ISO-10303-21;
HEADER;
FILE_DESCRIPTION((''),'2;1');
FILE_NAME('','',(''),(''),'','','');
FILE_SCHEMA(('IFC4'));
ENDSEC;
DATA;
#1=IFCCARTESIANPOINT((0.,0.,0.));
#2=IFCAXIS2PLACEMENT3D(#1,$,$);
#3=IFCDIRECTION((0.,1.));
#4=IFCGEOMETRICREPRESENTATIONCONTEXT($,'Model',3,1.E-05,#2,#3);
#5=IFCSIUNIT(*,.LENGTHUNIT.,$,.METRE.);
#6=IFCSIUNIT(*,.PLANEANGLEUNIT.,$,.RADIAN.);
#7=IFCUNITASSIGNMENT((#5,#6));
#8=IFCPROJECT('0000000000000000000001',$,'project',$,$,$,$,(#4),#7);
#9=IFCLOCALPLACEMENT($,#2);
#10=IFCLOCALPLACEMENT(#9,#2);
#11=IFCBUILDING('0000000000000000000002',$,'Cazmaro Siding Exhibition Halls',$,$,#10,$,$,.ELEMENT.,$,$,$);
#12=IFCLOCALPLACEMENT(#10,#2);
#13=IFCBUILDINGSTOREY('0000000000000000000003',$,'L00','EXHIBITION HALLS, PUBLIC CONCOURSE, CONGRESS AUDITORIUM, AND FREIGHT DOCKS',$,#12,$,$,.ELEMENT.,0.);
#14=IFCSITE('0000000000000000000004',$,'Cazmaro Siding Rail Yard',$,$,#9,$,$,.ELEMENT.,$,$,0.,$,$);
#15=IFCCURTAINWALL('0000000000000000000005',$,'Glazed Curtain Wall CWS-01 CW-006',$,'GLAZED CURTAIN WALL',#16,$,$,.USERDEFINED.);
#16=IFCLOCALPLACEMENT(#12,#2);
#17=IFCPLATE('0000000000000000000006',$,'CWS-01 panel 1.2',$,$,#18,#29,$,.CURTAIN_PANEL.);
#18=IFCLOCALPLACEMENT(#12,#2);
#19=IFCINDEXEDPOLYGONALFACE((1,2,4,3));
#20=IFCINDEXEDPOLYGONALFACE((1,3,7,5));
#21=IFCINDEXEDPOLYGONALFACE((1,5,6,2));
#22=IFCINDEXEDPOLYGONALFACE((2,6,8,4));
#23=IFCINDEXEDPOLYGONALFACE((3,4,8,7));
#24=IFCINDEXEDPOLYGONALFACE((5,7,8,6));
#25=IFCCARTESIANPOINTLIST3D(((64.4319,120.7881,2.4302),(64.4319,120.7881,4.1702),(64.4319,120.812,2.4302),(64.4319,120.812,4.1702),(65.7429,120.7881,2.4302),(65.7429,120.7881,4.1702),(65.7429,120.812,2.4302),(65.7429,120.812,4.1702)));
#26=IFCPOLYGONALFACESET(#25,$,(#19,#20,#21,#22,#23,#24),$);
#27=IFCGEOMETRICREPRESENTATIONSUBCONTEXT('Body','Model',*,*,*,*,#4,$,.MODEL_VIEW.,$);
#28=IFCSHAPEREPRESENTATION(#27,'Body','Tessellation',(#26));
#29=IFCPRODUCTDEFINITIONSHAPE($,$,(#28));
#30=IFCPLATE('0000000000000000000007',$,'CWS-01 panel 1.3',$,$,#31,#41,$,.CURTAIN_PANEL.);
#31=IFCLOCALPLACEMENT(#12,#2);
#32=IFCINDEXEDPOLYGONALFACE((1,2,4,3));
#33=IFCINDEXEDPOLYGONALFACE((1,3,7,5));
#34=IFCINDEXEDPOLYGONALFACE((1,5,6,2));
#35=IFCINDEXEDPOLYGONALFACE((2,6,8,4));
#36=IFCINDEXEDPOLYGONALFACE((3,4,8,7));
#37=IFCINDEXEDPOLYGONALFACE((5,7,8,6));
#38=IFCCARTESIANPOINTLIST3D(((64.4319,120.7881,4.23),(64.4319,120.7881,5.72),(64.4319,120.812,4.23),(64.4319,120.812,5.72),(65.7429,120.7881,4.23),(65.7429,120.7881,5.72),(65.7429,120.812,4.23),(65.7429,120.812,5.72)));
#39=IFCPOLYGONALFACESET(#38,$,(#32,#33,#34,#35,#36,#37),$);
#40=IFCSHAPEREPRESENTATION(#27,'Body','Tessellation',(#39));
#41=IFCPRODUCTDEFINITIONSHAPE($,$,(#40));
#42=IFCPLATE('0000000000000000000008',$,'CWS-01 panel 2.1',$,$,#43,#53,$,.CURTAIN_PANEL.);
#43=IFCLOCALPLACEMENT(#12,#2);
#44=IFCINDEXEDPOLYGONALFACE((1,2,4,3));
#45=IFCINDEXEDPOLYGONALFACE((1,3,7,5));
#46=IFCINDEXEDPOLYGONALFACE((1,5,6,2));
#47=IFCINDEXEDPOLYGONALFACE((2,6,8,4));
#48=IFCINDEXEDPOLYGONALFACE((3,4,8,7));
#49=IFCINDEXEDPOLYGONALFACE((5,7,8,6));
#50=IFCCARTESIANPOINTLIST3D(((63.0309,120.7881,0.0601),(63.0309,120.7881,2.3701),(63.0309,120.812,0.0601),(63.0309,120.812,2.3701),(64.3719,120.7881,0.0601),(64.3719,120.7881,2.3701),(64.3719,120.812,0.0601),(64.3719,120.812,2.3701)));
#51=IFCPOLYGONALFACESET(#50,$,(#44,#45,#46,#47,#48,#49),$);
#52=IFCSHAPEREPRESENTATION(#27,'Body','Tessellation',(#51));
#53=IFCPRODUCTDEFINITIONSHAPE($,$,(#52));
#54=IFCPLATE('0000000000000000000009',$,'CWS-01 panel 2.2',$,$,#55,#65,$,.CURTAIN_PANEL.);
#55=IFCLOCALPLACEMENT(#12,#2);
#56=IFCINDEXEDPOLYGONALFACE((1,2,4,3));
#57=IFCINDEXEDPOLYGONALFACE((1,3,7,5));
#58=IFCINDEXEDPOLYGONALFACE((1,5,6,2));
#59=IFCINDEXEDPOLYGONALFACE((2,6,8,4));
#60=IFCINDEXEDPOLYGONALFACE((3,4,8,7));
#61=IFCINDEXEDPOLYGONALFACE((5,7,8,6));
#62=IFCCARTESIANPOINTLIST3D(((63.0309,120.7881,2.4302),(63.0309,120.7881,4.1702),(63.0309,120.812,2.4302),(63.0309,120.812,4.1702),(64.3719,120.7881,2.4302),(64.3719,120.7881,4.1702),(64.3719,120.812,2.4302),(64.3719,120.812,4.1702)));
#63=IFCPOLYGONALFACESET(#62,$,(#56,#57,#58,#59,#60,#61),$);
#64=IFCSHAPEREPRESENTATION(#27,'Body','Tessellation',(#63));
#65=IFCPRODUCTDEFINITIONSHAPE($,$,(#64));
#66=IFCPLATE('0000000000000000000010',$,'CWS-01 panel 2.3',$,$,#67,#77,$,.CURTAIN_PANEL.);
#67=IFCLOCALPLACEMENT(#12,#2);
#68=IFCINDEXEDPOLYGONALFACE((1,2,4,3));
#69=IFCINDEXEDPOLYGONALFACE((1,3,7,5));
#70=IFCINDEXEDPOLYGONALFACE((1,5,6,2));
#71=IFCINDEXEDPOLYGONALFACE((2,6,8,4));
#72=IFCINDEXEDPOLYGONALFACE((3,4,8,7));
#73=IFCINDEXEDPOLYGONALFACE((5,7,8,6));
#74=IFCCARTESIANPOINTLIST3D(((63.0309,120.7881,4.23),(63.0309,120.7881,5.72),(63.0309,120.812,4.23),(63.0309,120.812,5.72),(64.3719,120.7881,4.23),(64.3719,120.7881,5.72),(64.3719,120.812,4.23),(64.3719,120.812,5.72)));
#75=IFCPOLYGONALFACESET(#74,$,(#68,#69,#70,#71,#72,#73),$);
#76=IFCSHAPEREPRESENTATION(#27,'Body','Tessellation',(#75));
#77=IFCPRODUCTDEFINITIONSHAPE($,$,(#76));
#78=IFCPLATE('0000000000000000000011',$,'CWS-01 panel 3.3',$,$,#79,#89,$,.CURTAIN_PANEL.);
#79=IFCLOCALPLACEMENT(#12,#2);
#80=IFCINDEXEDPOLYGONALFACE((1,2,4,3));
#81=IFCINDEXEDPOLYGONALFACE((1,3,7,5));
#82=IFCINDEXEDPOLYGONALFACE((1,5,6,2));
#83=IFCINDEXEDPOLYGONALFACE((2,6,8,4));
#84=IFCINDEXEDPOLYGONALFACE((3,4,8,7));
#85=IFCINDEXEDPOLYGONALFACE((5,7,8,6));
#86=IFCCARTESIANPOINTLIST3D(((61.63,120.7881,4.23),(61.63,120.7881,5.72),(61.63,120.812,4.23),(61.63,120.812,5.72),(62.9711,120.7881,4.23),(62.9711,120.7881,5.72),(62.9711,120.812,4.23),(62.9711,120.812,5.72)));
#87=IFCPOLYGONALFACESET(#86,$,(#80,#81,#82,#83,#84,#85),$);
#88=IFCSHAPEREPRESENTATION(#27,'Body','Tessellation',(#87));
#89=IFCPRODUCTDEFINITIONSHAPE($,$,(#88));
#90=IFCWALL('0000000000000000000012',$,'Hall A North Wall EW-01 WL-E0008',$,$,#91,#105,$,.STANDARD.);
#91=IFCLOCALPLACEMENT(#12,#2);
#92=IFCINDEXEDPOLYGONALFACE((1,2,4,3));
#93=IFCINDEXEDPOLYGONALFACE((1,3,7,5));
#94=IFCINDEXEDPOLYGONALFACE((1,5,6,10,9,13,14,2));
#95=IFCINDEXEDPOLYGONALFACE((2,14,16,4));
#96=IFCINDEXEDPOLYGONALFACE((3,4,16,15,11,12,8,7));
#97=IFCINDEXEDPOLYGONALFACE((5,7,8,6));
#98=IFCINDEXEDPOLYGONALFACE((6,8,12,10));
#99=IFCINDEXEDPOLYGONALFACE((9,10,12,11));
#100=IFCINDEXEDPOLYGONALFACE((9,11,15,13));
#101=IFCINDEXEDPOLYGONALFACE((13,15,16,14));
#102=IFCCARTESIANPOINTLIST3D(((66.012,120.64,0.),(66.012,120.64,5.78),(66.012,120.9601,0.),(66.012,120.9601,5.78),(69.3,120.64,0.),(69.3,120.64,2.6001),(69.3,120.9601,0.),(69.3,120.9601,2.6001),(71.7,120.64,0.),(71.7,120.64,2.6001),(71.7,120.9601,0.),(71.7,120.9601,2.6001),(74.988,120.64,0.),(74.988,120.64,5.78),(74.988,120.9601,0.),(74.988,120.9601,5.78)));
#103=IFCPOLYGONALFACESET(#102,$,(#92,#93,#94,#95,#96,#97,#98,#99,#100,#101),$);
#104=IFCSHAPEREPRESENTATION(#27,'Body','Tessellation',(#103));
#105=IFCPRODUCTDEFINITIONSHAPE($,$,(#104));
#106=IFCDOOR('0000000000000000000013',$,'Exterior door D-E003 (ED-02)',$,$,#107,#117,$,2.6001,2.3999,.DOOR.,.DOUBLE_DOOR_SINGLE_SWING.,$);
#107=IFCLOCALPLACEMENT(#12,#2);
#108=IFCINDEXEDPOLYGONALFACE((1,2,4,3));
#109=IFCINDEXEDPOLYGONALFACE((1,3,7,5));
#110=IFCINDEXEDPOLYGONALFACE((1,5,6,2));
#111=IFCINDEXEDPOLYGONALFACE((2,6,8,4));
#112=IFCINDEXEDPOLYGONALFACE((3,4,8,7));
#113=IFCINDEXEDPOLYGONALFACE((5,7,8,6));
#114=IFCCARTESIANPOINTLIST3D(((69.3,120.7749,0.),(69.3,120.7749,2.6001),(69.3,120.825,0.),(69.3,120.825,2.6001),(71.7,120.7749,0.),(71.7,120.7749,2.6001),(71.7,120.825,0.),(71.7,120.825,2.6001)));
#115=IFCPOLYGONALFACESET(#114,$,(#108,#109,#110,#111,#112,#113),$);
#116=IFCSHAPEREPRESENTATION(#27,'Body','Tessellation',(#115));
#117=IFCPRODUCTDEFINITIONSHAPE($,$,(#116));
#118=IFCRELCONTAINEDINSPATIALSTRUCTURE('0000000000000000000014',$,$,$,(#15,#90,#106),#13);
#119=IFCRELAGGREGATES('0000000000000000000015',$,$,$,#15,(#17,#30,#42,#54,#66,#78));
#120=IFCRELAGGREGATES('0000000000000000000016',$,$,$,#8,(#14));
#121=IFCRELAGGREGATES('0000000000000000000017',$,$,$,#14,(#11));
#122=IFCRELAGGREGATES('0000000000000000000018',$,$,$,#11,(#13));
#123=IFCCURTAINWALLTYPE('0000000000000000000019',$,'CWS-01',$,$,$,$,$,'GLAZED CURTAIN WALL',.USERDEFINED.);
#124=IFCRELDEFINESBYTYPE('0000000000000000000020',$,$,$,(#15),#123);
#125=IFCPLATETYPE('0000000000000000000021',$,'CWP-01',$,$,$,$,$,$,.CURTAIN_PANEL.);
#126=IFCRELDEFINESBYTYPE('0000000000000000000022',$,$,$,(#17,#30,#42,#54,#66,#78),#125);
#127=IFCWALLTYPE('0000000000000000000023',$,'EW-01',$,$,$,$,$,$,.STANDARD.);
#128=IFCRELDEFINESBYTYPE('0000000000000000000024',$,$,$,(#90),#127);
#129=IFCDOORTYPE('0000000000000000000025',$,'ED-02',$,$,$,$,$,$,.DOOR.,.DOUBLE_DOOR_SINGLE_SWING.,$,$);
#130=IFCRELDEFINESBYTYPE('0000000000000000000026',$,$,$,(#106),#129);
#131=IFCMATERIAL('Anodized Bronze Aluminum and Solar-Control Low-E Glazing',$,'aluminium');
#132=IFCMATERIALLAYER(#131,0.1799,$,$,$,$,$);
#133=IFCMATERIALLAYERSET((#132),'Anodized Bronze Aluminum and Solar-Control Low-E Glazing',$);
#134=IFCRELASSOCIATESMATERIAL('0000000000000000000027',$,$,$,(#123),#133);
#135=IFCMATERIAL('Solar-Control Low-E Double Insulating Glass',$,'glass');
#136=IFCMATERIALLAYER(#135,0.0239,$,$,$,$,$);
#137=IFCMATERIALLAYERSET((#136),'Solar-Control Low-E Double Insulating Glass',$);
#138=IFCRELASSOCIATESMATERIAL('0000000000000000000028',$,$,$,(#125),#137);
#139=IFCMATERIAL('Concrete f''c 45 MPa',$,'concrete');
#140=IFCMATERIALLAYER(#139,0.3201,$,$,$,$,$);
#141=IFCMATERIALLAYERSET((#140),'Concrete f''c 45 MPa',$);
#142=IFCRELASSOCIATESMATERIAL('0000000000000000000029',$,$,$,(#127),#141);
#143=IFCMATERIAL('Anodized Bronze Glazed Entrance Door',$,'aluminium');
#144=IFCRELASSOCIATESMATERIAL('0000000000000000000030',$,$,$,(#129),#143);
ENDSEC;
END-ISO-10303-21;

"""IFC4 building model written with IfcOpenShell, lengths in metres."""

from ifc_helpers import new_model, si_unit, direction, frame, frame_2d, origin, origin_2d, place, context, subcontext, project, spatial, rectangle, extrude, material, layer, layer_set, type_object, element, fill, aggregate, save


model = new_model("IFC4")

# Units and contexts
model_context = context("Model", 3, precision=1e-05, world=origin(), true_north=direction((0.0, 1.0)))
body_context = subcontext(model_context, "Body", "Model", "MODEL_VIEW")
ifc_project = project(units=[si_unit("LENGTHUNIT", "METRE"), si_unit("PLANEANGLEUNIT", "RADIAN")], contexts=[model_context])

# Site, building, storey
site_placement = place(None, origin())
site = spatial("IfcSite", under=ifc_project, at=site_placement, Name="Cazmaro Siding Rail Yard", CompositionType="ELEMENT", RefElevation=0.0)
building_placement = place(site_placement, origin())
building = spatial("IfcBuilding", under=site, at=building_placement, Name="Cazmaro Siding Exhibition Halls", CompositionType="ELEMENT")
storey_placement = place(building_placement, origin())
storey = spatial("IfcBuildingStorey", under=building, at=storey_placement, Name="L00", Description="EXHIBITION HALLS, PUBLIC CONCOURSE, CONGRESS AUDITORIUM, AND FREIGHT DOCKS", CompositionType="ELEMENT", Elevation=0.0)

# Curtain wall, plates
ifc_material_1 = material(Name="Anodized Bronze Aluminum and Solar-Control Low-E Glazing", Category="aluminium")
ifc_layer_1 = layer(ifc_material_1, 0.1799)
ifc_layer_set_1 = layer_set([ifc_layer_1], Name="Anodized Bronze Aluminum and Solar-Control Low-E Glazing")
curtain_wall_type = type_object("IfcCurtainWallType", Name="CWS-01", ElementType="GLAZED CURTAIN WALL", PredefinedType="USERDEFINED", material=ifc_layer_set_1)
curtain_wall_placement = place(storey_placement, origin())
curtain_wall = element("IfcCurtainWall", 1, at=curtain_wall_placement, inside=storey, type_object=curtain_wall_type, Name="Glazed Curtain Wall CWS-01 CW-006", ObjectType="GLAZED CURTAIN WALL", PredefinedType="USERDEFINED")
ifc_material_2 = material(Name="Solar-Control Low-E Double Insulating Glass", Category="glass")
ifc_layer_2 = layer(ifc_material_2, 0.0239)
ifc_layer_set_2 = layer_set([ifc_layer_2], Name="Solar-Control Low-E Double Insulating Glass")
plate_type = type_object("IfcPlateType", Name="CWP-01", PredefinedType="CURTAIN_PANEL", material=ifc_layer_set_2)
plate_1_placement = place(storey_placement, frame((65.0874, 120.8, 2.4302), z_axis=(0.0, 0.0, 1.0), x_axis=(-1.0, 0.0, 0.0)))
plate_1 = element("IfcPlate", 2, at=plate_1_placement, type_object=plate_type, Name="CWS-01 panel 1.2", PredefinedType="CURTAIN_PANEL", context=body_context, shape_type="SweptSolid", body=[
    extrude(rectangle(XDim=1.311, YDim=0.0239, at=origin_2d()), origin(), (0.0, 0.0, 1.0), 1.74),
])
plate_2_placement = place(storey_placement, frame((65.0874, 120.8, 4.23), z_axis=(0.0, 0.0, 1.0), x_axis=(-1.0, 0.0, 0.0)))
plate_2 = element("IfcPlate", 3, at=plate_2_placement, type_object=plate_type, Name="CWS-01 panel 1.3", PredefinedType="CURTAIN_PANEL", context=body_context, shape_type="SweptSolid", body=[
    extrude(rectangle(XDim=1.311, YDim=0.0239, at=origin_2d()), origin(), (0.0, 0.0, 1.0), 1.49),
])
plate_3_placement = place(storey_placement, frame((63.7014, 120.8, 0.0601), z_axis=(0.0, 0.0, 1.0), x_axis=(-1.0, 0.0, 0.0)))
plate_3 = element("IfcPlate", 4, at=plate_3_placement, type_object=plate_type, Name="CWS-01 panel 2.1", PredefinedType="CURTAIN_PANEL", context=body_context, shape_type="SweptSolid", body=[
    extrude(rectangle(XDim=1.3411, YDim=0.0239, at=origin_2d()), origin(), (0.0, 0.0, 1.0), 2.3101),
])
plate_4_placement = place(storey_placement, frame((63.7014, 120.8, 2.4302), z_axis=(0.0, 0.0, 1.0), x_axis=(-1.0, 0.0, 0.0)))
plate_4 = element("IfcPlate", 5, at=plate_4_placement, type_object=plate_type, Name="CWS-01 panel 2.2", PredefinedType="CURTAIN_PANEL", context=body_context, shape_type="SweptSolid", body=[
    extrude(rectangle(XDim=1.3411, YDim=0.0239, at=origin_2d()), origin(), (0.0, 0.0, 1.0), 1.74),
])
plate_5_placement = place(storey_placement, frame((63.7014, 120.8, 4.23), z_axis=(0.0, 0.0, 1.0), x_axis=(-1.0, 0.0, 0.0)))
plate_5 = element("IfcPlate", 6, at=plate_5_placement, type_object=plate_type, Name="CWS-01 panel 2.3", PredefinedType="CURTAIN_PANEL", context=body_context, shape_type="SweptSolid", body=[
    extrude(rectangle(XDim=1.3411, YDim=0.0239, at=origin_2d()), origin(), (0.0, 0.0, 1.0), 1.49),
])
plate_6_placement = place(storey_placement, frame((62.3005, 120.8, 4.23), z_axis=(0.0, 0.0, 1.0), x_axis=(-1.0, 0.0, 0.0)))
plate_6 = element("IfcPlate", 7, at=plate_6_placement, type_object=plate_type, Name="CWS-01 panel 3.3", PredefinedType="CURTAIN_PANEL", context=body_context, shape_type="SweptSolid", body=[
    extrude(rectangle(XDim=1.3411, YDim=0.0239, at=origin_2d()), origin(), (0.0, 0.0, 1.0), 1.49),
])
aggregate(curtain_wall, [plate_1, plate_2, plate_3, plate_4, plate_5, plate_6])

# Wall, opening, door
ifc_material_3 = material(Name="Concrete f'c 45 MPa", Category="concrete")
ifc_layer_3 = layer(ifc_material_3, 0.3201)
ifc_layer_set_3 = layer_set([ifc_layer_3], Name="Concrete f'c 45 MPa")
wall_type = type_object("IfcWallType", Name="EW-01", PredefinedType="STANDARD", material=ifc_layer_set_3)
wall_placement = place(storey_placement, frame((66.012, 120.8, 0.0), z_axis=(0.0, 0.0, 1.0), x_axis=(1.0, 0.0, 0.0)))
wall = element("IfcWall", 8, at=wall_placement, inside=storey, type_object=wall_type, Name="Hall A North Wall EW-01 WL-E0008", PredefinedType="STANDARD", context=body_context, shape_type="SweptSolid", body=[
    extrude(rectangle(XDim=8.9761, YDim=0.3201, at=frame_2d((4.488, 0.0))), origin(), (0.0, 0.0, 1.0), 5.78),
])
opening_placement = place(wall_placement, frame((3.2881, 0.0, 0.0)))
opening = element("IfcOpeningElement", 9, at=opening_placement, cuts=wall, PredefinedType="OPENING", context=body_context, shape_type="SweptSolid", body=[
    extrude(rectangle(XDim=2.3999, YDim=2.6001, at=frame_2d((1.2, 1.3))), frame((0.0, 0.1699, 0.0), z_axis=(0.0, -1.0, 0.0), x_axis=(1.0, 0.0, 0.0)), (0.0, 0.0, 1.0), 0.3401),
])
ifc_material_4 = material(Name="Anodized Bronze Glazed Entrance Door", Category="aluminium")
door_type = type_object("IfcDoorType", Name="ED-02", OperationType="DOUBLE_DOOR_SINGLE_SWING", PredefinedType="DOOR", material=ifc_material_4)
door_placement = place(opening_placement, origin())
door = element("IfcDoor", 10, at=door_placement, inside=storey, type_object=door_type, Name="Exterior door D-E003 (ED-02)", OperationType="DOUBLE_DOOR_SINGLE_SWING", OverallHeight=2.6001, OverallWidth=2.3999, PredefinedType="DOOR", context=body_context, shape_type="SweptSolid", body=[
    extrude(rectangle(XDim=2.3999, YDim=2.6001, at=frame_2d((1.2, 1.3))), frame((0.0, 0.0249, 0.0), z_axis=(0.0, -1.0, 0.0), x_axis=(1.0, 0.0, 0.0)), (0.0, 0.0, 1.0), 0.05),
])
fill(opening, door)

save(model, "model.ifc")
